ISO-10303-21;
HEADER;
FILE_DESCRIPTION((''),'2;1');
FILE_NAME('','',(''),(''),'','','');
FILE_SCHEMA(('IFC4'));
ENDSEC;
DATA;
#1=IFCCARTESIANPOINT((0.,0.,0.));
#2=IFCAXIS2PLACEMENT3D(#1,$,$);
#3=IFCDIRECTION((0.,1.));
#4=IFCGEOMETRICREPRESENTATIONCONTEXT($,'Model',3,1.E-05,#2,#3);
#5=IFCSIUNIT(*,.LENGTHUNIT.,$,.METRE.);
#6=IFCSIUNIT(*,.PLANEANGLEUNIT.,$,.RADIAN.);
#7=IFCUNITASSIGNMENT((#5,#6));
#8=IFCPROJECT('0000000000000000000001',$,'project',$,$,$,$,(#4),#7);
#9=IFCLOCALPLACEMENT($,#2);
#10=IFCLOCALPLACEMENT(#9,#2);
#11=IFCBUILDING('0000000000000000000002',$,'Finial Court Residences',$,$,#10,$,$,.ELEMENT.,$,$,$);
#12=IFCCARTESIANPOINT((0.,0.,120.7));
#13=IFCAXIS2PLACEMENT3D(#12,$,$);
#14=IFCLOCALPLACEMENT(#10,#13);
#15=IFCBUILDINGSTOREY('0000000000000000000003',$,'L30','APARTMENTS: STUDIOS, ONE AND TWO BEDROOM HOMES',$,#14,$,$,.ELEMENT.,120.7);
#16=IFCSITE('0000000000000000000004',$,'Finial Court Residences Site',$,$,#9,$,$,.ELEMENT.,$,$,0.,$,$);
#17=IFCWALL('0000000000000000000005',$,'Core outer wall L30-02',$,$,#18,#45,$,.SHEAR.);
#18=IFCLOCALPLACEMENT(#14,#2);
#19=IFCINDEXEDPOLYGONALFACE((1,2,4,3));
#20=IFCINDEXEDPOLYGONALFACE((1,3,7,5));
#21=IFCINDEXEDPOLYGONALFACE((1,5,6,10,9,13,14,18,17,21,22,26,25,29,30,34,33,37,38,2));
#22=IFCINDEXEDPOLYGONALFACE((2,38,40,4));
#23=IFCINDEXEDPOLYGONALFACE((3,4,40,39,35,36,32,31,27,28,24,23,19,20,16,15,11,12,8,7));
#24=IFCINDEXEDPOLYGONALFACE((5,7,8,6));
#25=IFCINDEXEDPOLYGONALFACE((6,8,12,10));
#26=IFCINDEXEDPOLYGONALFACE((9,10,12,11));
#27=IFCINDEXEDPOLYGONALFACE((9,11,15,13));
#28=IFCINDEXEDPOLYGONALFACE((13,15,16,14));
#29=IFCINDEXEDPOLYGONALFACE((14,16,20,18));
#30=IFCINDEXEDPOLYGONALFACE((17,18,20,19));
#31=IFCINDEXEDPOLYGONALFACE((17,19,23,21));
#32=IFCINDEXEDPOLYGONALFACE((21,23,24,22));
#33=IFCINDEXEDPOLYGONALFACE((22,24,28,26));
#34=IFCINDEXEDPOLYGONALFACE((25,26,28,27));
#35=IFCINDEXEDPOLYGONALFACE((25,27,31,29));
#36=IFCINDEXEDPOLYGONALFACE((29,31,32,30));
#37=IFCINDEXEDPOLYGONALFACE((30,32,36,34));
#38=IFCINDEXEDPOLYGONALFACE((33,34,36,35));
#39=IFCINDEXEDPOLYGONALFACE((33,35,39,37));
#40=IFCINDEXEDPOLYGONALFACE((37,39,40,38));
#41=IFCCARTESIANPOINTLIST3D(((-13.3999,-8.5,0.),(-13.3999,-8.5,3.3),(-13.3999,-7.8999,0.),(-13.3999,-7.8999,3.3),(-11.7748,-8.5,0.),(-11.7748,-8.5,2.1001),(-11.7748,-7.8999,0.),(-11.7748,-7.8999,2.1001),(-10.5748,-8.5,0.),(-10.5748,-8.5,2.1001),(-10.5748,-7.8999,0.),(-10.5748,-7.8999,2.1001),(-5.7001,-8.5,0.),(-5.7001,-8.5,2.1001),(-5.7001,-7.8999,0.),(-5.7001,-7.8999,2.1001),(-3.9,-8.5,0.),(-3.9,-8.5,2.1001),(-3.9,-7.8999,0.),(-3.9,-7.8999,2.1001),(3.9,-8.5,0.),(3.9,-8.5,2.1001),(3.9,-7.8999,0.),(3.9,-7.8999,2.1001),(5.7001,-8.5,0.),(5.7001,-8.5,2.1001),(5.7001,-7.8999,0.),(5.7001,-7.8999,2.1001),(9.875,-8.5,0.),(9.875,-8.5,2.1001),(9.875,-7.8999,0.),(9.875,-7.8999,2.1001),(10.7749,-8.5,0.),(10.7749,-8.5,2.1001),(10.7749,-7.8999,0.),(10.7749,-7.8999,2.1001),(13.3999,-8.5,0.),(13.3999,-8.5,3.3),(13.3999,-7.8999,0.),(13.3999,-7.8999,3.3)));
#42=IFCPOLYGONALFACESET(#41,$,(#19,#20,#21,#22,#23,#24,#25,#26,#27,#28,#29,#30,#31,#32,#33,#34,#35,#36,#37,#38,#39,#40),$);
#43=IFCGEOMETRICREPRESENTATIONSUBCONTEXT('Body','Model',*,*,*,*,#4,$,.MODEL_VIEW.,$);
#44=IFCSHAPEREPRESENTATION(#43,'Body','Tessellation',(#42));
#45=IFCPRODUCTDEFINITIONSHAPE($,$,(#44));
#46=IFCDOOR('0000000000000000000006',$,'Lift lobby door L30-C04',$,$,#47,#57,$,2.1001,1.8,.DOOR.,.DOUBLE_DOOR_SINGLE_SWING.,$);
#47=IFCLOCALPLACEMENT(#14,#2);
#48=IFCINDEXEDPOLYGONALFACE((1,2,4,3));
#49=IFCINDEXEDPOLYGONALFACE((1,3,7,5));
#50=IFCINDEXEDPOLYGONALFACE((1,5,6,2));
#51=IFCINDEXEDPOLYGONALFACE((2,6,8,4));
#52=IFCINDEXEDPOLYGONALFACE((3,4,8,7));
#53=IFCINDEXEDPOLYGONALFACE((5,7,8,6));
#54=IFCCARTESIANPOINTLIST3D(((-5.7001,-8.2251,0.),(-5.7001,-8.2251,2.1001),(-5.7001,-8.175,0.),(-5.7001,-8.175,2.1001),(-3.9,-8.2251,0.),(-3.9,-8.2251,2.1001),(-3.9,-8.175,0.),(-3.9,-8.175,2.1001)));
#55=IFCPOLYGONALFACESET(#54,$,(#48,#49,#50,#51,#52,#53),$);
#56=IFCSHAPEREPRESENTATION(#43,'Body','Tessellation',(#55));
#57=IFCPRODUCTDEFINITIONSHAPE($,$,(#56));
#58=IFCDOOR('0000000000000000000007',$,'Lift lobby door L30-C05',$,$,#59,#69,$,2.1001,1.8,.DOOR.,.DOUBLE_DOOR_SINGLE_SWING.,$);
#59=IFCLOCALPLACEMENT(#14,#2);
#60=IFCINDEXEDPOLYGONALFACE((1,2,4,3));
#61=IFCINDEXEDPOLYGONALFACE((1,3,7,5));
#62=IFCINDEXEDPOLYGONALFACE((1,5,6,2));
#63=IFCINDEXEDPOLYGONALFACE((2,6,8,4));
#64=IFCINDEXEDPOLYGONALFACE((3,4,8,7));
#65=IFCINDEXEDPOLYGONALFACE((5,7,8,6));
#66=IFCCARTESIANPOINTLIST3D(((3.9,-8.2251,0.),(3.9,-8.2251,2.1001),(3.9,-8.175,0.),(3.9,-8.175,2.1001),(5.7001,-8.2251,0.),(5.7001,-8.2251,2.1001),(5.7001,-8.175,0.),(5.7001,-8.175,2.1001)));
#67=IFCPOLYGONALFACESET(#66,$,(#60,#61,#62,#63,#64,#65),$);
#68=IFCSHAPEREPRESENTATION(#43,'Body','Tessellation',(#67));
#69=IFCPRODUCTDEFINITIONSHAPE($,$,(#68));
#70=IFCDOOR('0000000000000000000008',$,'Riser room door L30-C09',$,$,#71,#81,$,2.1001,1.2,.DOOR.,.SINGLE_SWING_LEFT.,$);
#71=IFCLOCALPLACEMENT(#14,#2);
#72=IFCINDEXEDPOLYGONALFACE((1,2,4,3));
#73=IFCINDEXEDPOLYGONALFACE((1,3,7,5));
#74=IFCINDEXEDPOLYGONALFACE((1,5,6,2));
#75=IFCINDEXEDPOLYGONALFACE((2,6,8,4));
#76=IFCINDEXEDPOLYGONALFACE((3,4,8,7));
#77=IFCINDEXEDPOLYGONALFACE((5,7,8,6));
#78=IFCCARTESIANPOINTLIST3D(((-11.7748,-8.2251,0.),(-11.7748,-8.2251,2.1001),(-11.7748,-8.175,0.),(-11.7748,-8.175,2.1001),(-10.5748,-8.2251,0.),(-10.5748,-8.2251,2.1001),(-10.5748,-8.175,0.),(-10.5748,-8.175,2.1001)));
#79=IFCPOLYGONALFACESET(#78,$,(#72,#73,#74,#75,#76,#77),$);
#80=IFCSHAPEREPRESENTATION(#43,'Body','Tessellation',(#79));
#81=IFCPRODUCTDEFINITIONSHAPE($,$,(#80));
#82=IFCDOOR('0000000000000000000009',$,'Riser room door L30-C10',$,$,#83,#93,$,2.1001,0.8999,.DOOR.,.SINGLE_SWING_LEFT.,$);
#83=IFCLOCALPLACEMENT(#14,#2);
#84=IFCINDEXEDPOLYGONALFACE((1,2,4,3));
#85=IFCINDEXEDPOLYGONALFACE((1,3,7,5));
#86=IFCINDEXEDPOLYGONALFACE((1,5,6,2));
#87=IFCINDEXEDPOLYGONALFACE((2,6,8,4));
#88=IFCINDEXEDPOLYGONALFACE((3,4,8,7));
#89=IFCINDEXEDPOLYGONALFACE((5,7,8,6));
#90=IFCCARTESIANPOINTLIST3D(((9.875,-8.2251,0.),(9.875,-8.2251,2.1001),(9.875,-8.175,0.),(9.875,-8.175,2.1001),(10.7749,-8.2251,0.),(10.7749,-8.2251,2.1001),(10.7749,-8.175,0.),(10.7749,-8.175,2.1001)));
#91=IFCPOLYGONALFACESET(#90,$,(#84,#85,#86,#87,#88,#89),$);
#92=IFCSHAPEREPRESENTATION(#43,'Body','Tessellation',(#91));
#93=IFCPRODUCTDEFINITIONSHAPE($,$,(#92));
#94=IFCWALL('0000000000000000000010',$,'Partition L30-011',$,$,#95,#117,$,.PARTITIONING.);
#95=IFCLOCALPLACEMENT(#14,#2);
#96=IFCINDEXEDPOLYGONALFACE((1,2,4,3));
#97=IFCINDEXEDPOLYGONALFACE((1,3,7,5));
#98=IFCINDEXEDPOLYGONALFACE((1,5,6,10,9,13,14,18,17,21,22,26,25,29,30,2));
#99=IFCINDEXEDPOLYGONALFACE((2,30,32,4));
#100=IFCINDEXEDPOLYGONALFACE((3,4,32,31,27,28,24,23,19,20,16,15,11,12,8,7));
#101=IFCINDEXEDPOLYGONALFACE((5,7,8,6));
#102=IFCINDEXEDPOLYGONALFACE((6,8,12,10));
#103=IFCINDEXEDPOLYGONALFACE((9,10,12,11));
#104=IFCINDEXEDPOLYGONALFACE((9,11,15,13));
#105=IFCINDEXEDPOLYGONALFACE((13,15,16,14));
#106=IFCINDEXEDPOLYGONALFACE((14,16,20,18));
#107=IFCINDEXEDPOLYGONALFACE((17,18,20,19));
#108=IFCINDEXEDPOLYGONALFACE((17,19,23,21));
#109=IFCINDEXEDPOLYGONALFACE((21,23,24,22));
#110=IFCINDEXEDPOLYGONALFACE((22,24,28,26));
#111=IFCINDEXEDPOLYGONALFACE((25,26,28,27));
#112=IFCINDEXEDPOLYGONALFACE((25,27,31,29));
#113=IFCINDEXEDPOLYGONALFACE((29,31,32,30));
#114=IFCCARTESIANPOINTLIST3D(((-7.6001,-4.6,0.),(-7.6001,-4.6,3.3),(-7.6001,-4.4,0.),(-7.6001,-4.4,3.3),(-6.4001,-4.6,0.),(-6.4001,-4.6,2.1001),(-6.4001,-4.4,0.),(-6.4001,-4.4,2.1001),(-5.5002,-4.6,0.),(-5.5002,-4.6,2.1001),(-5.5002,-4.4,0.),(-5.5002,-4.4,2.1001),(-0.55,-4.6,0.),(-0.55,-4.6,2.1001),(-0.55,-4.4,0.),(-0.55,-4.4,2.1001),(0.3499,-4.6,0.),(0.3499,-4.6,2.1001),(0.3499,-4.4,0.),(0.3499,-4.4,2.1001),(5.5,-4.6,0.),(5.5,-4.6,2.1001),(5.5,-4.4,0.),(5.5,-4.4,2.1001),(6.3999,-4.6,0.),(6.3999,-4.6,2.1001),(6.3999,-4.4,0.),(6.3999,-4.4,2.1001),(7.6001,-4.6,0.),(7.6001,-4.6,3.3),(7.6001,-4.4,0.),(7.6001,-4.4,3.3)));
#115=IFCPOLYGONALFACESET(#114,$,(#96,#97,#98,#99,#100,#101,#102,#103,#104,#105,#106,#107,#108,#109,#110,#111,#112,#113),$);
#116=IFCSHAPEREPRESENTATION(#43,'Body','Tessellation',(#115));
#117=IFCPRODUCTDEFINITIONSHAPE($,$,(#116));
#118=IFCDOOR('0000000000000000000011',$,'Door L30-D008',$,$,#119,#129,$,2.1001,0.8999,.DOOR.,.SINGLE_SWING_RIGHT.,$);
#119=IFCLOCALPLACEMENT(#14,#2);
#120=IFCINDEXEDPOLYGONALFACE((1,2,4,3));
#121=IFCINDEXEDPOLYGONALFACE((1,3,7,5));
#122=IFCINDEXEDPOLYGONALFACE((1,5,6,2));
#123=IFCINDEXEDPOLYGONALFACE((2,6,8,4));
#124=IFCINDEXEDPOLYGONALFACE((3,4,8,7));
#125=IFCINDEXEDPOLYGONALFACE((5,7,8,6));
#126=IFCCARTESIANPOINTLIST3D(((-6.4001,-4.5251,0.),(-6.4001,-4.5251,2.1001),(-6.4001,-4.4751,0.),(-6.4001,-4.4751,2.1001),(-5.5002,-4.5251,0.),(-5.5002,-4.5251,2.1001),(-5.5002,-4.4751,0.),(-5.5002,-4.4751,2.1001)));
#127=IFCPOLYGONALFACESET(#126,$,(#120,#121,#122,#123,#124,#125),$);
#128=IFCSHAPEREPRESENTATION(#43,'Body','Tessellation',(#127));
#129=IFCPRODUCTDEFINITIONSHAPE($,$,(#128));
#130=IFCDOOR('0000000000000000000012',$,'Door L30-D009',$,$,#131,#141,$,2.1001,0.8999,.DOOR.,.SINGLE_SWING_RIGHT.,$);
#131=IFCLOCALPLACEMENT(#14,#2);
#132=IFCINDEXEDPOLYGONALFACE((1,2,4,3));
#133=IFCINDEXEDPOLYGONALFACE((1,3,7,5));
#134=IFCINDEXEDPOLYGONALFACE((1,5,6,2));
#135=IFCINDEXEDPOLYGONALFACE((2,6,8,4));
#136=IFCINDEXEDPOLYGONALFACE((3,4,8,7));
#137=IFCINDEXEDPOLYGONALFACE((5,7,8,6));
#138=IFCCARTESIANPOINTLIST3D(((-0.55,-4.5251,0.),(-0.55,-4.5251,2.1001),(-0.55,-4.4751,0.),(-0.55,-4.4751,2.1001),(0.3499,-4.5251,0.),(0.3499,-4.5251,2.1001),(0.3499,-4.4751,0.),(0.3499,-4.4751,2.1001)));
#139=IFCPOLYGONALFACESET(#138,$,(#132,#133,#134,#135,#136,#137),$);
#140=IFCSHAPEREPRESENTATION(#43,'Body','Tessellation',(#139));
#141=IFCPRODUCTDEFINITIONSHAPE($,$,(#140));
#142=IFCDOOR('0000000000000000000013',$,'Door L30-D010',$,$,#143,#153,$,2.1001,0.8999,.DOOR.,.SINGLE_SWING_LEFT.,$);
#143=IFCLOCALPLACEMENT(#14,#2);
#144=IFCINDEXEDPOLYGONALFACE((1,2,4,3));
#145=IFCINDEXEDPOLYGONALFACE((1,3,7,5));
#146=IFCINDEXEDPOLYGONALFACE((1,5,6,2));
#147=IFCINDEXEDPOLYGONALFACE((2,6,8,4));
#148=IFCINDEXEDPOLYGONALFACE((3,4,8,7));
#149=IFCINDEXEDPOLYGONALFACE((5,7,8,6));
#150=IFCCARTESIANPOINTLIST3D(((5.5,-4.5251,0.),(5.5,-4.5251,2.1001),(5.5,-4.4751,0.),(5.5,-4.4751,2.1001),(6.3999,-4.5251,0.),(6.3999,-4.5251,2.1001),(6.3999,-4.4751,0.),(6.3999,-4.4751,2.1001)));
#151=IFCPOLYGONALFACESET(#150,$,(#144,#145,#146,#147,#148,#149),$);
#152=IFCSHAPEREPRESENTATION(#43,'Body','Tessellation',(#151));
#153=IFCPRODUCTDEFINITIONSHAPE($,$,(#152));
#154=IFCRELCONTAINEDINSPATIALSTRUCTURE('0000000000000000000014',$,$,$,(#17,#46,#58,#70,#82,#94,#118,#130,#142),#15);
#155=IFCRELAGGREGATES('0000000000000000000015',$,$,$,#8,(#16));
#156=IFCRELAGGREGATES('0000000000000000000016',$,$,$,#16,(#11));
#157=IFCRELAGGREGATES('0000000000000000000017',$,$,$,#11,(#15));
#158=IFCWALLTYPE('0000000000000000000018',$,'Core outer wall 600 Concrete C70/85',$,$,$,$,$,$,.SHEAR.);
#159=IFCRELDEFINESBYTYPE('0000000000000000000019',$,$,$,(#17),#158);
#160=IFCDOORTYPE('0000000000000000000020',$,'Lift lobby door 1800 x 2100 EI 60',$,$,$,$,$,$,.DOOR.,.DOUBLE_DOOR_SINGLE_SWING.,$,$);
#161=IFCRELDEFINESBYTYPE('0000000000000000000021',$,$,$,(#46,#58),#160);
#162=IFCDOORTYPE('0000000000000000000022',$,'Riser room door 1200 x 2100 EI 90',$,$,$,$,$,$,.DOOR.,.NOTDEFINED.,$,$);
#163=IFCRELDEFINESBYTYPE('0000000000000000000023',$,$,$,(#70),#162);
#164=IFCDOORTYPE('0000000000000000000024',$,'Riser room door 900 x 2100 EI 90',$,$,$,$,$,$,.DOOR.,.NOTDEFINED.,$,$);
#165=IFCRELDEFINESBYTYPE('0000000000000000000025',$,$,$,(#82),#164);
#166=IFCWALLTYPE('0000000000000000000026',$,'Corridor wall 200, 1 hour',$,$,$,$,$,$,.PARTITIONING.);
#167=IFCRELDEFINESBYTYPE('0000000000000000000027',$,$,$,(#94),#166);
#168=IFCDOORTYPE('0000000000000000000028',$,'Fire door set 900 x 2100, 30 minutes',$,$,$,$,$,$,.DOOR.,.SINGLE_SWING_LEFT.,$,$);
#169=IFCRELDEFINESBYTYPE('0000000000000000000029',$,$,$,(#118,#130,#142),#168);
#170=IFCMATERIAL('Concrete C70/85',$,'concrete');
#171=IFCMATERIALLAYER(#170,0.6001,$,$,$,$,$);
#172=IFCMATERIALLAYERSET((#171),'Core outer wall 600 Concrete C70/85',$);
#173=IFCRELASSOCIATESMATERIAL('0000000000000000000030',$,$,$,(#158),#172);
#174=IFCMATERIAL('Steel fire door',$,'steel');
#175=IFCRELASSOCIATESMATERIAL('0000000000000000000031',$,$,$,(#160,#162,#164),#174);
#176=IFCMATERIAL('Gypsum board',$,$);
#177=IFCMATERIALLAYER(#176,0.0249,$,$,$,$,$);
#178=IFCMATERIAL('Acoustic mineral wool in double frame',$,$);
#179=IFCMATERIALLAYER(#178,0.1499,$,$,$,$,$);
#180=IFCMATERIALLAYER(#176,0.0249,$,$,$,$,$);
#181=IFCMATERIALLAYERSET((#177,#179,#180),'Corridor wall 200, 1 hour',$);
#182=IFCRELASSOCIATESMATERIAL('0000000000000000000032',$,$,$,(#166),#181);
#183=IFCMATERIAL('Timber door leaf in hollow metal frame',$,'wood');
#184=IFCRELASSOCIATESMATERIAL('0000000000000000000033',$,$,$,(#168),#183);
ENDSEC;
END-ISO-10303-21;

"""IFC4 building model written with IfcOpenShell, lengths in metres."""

from ifc_helpers import new_model, si_unit, direction, frame, frame_2d, origin, place, context, subcontext, project, spatial, rectangle, extrude, material, layer, layer_set, type_object, element, fill, save


model = new_model("IFC4")

# Units and contexts
model_context = context("Model", 3, precision=1e-05, world=origin(), true_north=direction((0.0, 1.0)))
body_context = subcontext(model_context, "Body", "Model", "MODEL_VIEW")
ifc_project = project(units=[si_unit("LENGTHUNIT", "METRE"), si_unit("PLANEANGLEUNIT", "RADIAN")], contexts=[model_context])

# Site, building, storey
site_placement = place(None, origin())
site = spatial("IfcSite", under=ifc_project, at=site_placement, Name="Finial Court Residences Site", CompositionType="ELEMENT", RefElevation=0.0)
building_placement = place(site_placement, origin())
building = spatial("IfcBuilding", under=site, at=building_placement, Name="Finial Court Residences", CompositionType="ELEMENT")
storey_placement = place(building_placement, frame((0.0, 0.0, 120.7)))
storey = spatial("IfcBuildingStorey", under=building, at=storey_placement, Name="L30", Description="APARTMENTS: STUDIOS, ONE AND TWO BEDROOM HOMES", CompositionType="ELEMENT", Elevation=120.7)

# Shared definitions
ifc_material_1 = material(Name="Concrete C70/85", Category="concrete")

# Walls, openings, doors
ifc_layer_1 = layer(ifc_material_1, 0.6001)
ifc_layer_set_1 = layer_set([ifc_layer_1], Name="Core outer wall 600 Concrete C70/85")
wall_type_1 = type_object("IfcWallType", Name="Core outer wall 600 Concrete C70/85", PredefinedType="SHEAR", material=ifc_layer_set_1)
wall_1_placement = place(storey_placement, frame((-13.3999, -8.2, 0.0), z_axis=(0.0, 0.0, 1.0), x_axis=(1.0, 0.0, 0.0)))
wall_1 = element("IfcWall", 1, at=wall_1_placement, inside=storey, type_object=wall_type_1, Name="Core outer wall L30-02", PredefinedType="SHEAR", context=body_context, shape_type="SweptSolid", body=[
    extrude(rectangle(XDim=26.7998, YDim=0.6001, at=frame_2d((13.3999, 0.0))), origin(), (0.0, 0.0, 1.0), 3.3),
])
opening_1_placement = place(wall_1_placement, frame((7.7, 0.0, 0.0)))
opening_1 = element("IfcOpeningElement", 2, at=opening_1_placement, cuts=wall_1, PredefinedType="OPENING", context=body_context, shape_type="SweptSolid", body=[
    extrude(rectangle(XDim=1.8, YDim=2.1001, at=frame_2d((0.8999, 1.05))), frame((0.0, 0.3101, 0.0), z_axis=(0.0, -1.0, 0.0), x_axis=(1.0, 0.0, 0.0)), (0.0, 0.0, 1.0), 0.6201),
])
opening_2_placement = place(wall_1_placement, frame((17.3, 0.0, 0.0)))
opening_2 = element("IfcOpeningElement", 3, at=opening_2_placement, cuts=wall_1, PredefinedType="OPENING", context=body_context, shape_type="SweptSolid", body=[
    extrude(rectangle(XDim=1.8, YDim=2.1001, at=frame_2d((0.8999, 1.05))), frame((0.0, 0.3101, 0.0), z_axis=(0.0, -1.0, 0.0), x_axis=(1.0, 0.0, 0.0)), (0.0, 0.0, 1.0), 0.6201),
])
opening_3_placement = place(wall_1_placement, frame((1.625, 0.0, 0.0)))
opening_3 = element("IfcOpeningElement", 4, at=opening_3_placement, cuts=wall_1, PredefinedType="OPENING", context=body_context, shape_type="SweptSolid", body=[
    extrude(rectangle(XDim=1.2, YDim=2.1001, at=frame_2d((0.6001, 1.05))), frame((0.0, 0.3101, 0.0), z_axis=(0.0, -1.0, 0.0), x_axis=(1.0, 0.0, 0.0)), (0.0, 0.0, 1.0), 0.6201),
])
opening_4_placement = place(wall_1_placement, frame((23.2749, 0.0, 0.0)))
opening_4 = element("IfcOpeningElement", 5, at=opening_4_placement, cuts=wall_1, PredefinedType="OPENING", context=body_context, shape_type="SweptSolid", body=[
    extrude(rectangle(XDim=0.8999, YDim=2.1001, at=frame_2d((0.45, 1.05))), frame((0.0, 0.3101, 0.0), z_axis=(0.0, -1.0, 0.0), x_axis=(1.0, 0.0, 0.0)), (0.0, 0.0, 1.0), 0.6201),
])
ifc_material_2 = material(Name="Steel fire door", Category="steel")
door_type_1 = type_object("IfcDoorType", Name="Lift lobby door 1800 x 2100 EI 60", OperationType="DOUBLE_DOOR_SINGLE_SWING", PredefinedType="DOOR", material=ifc_material_2)
door_1_placement = place(opening_1_placement, origin())
door_1 = element("IfcDoor", 6, at=door_1_placement, inside=storey, type_object=door_type_1, Name="Lift lobby door L30-C04", OperationType="DOUBLE_DOOR_SINGLE_SWING", OverallHeight=2.1001, OverallWidth=1.8, PredefinedType="DOOR", context=body_context, shape_type="SweptSolid", body=[
    extrude(rectangle(XDim=1.8, YDim=2.1001, at=frame_2d((0.8999, 1.05))), frame((0.0, 0.0249, 0.0), z_axis=(0.0, -1.0, 0.0), x_axis=(1.0, 0.0, 0.0)), (0.0, 0.0, 1.0), 0.05),
])
fill(opening_1, door_1)
door_2_placement = place(opening_2_placement, origin())
door_2 = element("IfcDoor", 7, at=door_2_placement, inside=storey, type_object=door_type_1, Name="Lift lobby door L30-C05", OperationType="DOUBLE_DOOR_SINGLE_SWING", OverallHeight=2.1001, OverallWidth=1.8, PredefinedType="DOOR", context=body_context, shape_type="SweptSolid", body=[
    extrude(rectangle(XDim=1.8, YDim=2.1001, at=frame_2d((0.8999, 1.05))), frame((0.0, 0.0249, 0.0), z_axis=(0.0, -1.0, 0.0), x_axis=(1.0, 0.0, 0.0)), (0.0, 0.0, 1.0), 0.05),
])
fill(opening_2, door_2)
door_type_2 = type_object("IfcDoorType", Name="Riser room door 1200 x 2100 EI 90", OperationType="NOTDEFINED", PredefinedType="DOOR", material=ifc_material_2)
door_3_placement = place(opening_3_placement, origin())
door_3 = element("IfcDoor", 8, at=door_3_placement, inside=storey, type_object=door_type_2, Name="Riser room door L30-C09", OperationType="SINGLE_SWING_LEFT", OverallHeight=2.1001, OverallWidth=1.2, PredefinedType="DOOR", context=body_context, shape_type="SweptSolid", body=[
    extrude(rectangle(XDim=1.2, YDim=2.1001, at=frame_2d((0.6001, 1.05))), frame((0.0, 0.0249, 0.0), z_axis=(0.0, -1.0, 0.0), x_axis=(1.0, 0.0, 0.0)), (0.0, 0.0, 1.0), 0.05),
])
fill(opening_3, door_3)
door_type_3 = type_object("IfcDoorType", Name="Riser room door 900 x 2100 EI 90", OperationType="NOTDEFINED", PredefinedType="DOOR", material=ifc_material_2)
door_4_placement = place(opening_4_placement, origin())
door_4 = element("IfcDoor", 9, at=door_4_placement, inside=storey, type_object=door_type_3, Name="Riser room door L30-C10", OperationType="SINGLE_SWING_LEFT", OverallHeight=2.1001, OverallWidth=0.8999, PredefinedType="DOOR", context=body_context, shape_type="SweptSolid", body=[
    extrude(rectangle(XDim=0.8999, YDim=2.1001, at=frame_2d((0.45, 1.05))), frame((0.0, 0.0249, 0.0), z_axis=(0.0, -1.0, 0.0), x_axis=(1.0, 0.0, 0.0)), (0.0, 0.0, 1.0), 0.05),
])
fill(opening_4, door_4)
ifc_material_3 = material(Name="Gypsum board")
ifc_layer_2 = layer(ifc_material_3, 0.0249)
ifc_material_4 = material(Name="Acoustic mineral wool in double frame")
ifc_layer_3 = layer(ifc_material_4, 0.1499)
ifc_layer_4 = layer(ifc_material_3, 0.0249)
ifc_layer_set_2 = layer_set([ifc_layer_2, ifc_layer_3, ifc_layer_4], Name="Corridor wall 200, 1 hour")
wall_type_2 = type_object("IfcWallType", Name="Corridor wall 200, 1 hour", PredefinedType="PARTITIONING", material=ifc_layer_set_2)
wall_2_placement = place(storey_placement, frame((-7.6001, -4.5, 0.0), z_axis=(0.0, 0.0, 1.0), x_axis=(1.0, 0.0, 0.0)))
wall_2 = element("IfcWall", 10, at=wall_2_placement, inside=storey, type_object=wall_type_2, Name="Partition L30-011", PredefinedType="PARTITIONING", context=body_context, shape_type="SweptSolid", body=[
    extrude(rectangle(XDim=15.2002, YDim=0.2, at=frame_2d((7.6001, 0.0))), origin(), (0.0, 0.0, 1.0), 3.3),
])
opening_5_placement = place(wall_2_placement, frame((1.2, 0.0, 0.0)))
opening_5 = element("IfcOpeningElement", 11, at=opening_5_placement, cuts=wall_2, PredefinedType="OPENING", context=body_context, shape_type="SweptSolid", body=[
    extrude(rectangle(XDim=0.8999, YDim=2.1001, at=frame_2d((0.45, 1.05))), frame((0.0, 0.1099, 0.0), z_axis=(0.0, -1.0, 0.0), x_axis=(1.0, 0.0, 0.0)), (0.0, 0.0, 1.0), 0.22),
])
opening_6_placement = place(wall_2_placement, frame((7.05, 0.0, 0.0)))
opening_6 = element("IfcOpeningElement", 12, at=opening_6_placement, cuts=wall_2, PredefinedType="OPENING", context=body_context, shape_type="SweptSolid", body=[
    extrude(rectangle(XDim=0.8999, YDim=2.1001, at=frame_2d((0.45, 1.05))), frame((0.0, 0.1099, 0.0), z_axis=(0.0, -1.0, 0.0), x_axis=(1.0, 0.0, 0.0)), (0.0, 0.0, 1.0), 0.22),
])
opening_7_placement = place(wall_2_placement, frame((13.1001, 0.0, 0.0)))
opening_7 = element("IfcOpeningElement", 13, at=opening_7_placement, cuts=wall_2, PredefinedType="OPENING", context=body_context, shape_type="SweptSolid", body=[
    extrude(rectangle(XDim=0.8999, YDim=2.1001, at=frame_2d((0.45, 1.05))), frame((0.0, 0.1099, 0.0), z_axis=(0.0, -1.0, 0.0), x_axis=(1.0, 0.0, 0.0)), (0.0, 0.0, 1.0), 0.22),
])
ifc_material_5 = material(Name="Timber door leaf in hollow metal frame", Category="wood")
door_type_4 = type_object("IfcDoorType", Name="Fire door set 900 x 2100, 30 minutes", OperationType="SINGLE_SWING_LEFT", PredefinedType="DOOR", material=ifc_material_5)
door_5_placement = place(opening_5_placement, origin())
door_5 = element("IfcDoor", 14, at=door_5_placement, inside=storey, type_object=door_type_4, Name="Door L30-D008", OperationType="SINGLE_SWING_RIGHT", OverallHeight=2.1001, OverallWidth=0.8999, PredefinedType="DOOR", context=body_context, shape_type="SweptSolid", body=[
    extrude(rectangle(XDim=0.8999, YDim=2.1001, at=frame_2d((0.45, 1.05))), frame((0.0, 0.0249, 0.0), z_axis=(0.0, -1.0, 0.0), x_axis=(1.0, 0.0, 0.0)), (0.0, 0.0, 1.0), 0.05),
])
fill(opening_5, door_5)
door_6_placement = place(opening_6_placement, origin())
door_6 = element("IfcDoor", 15, at=door_6_placement, inside=storey, type_object=door_type_4, Name="Door L30-D009", OperationType="SINGLE_SWING_RIGHT", OverallHeight=2.1001, OverallWidth=0.8999, PredefinedType="DOOR", context=body_context, shape_type="SweptSolid", body=[
    extrude(rectangle(XDim=0.8999, YDim=2.1001, at=frame_2d((0.45, 1.05))), frame((0.0, 0.0249, 0.0), z_axis=(0.0, -1.0, 0.0), x_axis=(1.0, 0.0, 0.0)), (0.0, 0.0, 1.0), 0.05),
])
fill(opening_6, door_6)
door_7_placement = place(opening_7_placement, origin())
door_7 = element("IfcDoor", 16, at=door_7_placement, inside=storey, type_object=door_type_4, Name="Door L30-D010", OperationType="SINGLE_SWING_LEFT", OverallHeight=2.1001, OverallWidth=0.8999, PredefinedType="DOOR", context=body_context, shape_type="SweptSolid", body=[
    extrude(rectangle(XDim=0.8999, YDim=2.1001, at=frame_2d((0.45, 1.05))), frame((0.0, 0.0249, 0.0), z_axis=(0.0, -1.0, 0.0), x_axis=(1.0, 0.0, 0.0)), (0.0, 0.0, 1.0), 0.05),
])
fill(opening_7, door_7)

save(model, "model.ifc")
